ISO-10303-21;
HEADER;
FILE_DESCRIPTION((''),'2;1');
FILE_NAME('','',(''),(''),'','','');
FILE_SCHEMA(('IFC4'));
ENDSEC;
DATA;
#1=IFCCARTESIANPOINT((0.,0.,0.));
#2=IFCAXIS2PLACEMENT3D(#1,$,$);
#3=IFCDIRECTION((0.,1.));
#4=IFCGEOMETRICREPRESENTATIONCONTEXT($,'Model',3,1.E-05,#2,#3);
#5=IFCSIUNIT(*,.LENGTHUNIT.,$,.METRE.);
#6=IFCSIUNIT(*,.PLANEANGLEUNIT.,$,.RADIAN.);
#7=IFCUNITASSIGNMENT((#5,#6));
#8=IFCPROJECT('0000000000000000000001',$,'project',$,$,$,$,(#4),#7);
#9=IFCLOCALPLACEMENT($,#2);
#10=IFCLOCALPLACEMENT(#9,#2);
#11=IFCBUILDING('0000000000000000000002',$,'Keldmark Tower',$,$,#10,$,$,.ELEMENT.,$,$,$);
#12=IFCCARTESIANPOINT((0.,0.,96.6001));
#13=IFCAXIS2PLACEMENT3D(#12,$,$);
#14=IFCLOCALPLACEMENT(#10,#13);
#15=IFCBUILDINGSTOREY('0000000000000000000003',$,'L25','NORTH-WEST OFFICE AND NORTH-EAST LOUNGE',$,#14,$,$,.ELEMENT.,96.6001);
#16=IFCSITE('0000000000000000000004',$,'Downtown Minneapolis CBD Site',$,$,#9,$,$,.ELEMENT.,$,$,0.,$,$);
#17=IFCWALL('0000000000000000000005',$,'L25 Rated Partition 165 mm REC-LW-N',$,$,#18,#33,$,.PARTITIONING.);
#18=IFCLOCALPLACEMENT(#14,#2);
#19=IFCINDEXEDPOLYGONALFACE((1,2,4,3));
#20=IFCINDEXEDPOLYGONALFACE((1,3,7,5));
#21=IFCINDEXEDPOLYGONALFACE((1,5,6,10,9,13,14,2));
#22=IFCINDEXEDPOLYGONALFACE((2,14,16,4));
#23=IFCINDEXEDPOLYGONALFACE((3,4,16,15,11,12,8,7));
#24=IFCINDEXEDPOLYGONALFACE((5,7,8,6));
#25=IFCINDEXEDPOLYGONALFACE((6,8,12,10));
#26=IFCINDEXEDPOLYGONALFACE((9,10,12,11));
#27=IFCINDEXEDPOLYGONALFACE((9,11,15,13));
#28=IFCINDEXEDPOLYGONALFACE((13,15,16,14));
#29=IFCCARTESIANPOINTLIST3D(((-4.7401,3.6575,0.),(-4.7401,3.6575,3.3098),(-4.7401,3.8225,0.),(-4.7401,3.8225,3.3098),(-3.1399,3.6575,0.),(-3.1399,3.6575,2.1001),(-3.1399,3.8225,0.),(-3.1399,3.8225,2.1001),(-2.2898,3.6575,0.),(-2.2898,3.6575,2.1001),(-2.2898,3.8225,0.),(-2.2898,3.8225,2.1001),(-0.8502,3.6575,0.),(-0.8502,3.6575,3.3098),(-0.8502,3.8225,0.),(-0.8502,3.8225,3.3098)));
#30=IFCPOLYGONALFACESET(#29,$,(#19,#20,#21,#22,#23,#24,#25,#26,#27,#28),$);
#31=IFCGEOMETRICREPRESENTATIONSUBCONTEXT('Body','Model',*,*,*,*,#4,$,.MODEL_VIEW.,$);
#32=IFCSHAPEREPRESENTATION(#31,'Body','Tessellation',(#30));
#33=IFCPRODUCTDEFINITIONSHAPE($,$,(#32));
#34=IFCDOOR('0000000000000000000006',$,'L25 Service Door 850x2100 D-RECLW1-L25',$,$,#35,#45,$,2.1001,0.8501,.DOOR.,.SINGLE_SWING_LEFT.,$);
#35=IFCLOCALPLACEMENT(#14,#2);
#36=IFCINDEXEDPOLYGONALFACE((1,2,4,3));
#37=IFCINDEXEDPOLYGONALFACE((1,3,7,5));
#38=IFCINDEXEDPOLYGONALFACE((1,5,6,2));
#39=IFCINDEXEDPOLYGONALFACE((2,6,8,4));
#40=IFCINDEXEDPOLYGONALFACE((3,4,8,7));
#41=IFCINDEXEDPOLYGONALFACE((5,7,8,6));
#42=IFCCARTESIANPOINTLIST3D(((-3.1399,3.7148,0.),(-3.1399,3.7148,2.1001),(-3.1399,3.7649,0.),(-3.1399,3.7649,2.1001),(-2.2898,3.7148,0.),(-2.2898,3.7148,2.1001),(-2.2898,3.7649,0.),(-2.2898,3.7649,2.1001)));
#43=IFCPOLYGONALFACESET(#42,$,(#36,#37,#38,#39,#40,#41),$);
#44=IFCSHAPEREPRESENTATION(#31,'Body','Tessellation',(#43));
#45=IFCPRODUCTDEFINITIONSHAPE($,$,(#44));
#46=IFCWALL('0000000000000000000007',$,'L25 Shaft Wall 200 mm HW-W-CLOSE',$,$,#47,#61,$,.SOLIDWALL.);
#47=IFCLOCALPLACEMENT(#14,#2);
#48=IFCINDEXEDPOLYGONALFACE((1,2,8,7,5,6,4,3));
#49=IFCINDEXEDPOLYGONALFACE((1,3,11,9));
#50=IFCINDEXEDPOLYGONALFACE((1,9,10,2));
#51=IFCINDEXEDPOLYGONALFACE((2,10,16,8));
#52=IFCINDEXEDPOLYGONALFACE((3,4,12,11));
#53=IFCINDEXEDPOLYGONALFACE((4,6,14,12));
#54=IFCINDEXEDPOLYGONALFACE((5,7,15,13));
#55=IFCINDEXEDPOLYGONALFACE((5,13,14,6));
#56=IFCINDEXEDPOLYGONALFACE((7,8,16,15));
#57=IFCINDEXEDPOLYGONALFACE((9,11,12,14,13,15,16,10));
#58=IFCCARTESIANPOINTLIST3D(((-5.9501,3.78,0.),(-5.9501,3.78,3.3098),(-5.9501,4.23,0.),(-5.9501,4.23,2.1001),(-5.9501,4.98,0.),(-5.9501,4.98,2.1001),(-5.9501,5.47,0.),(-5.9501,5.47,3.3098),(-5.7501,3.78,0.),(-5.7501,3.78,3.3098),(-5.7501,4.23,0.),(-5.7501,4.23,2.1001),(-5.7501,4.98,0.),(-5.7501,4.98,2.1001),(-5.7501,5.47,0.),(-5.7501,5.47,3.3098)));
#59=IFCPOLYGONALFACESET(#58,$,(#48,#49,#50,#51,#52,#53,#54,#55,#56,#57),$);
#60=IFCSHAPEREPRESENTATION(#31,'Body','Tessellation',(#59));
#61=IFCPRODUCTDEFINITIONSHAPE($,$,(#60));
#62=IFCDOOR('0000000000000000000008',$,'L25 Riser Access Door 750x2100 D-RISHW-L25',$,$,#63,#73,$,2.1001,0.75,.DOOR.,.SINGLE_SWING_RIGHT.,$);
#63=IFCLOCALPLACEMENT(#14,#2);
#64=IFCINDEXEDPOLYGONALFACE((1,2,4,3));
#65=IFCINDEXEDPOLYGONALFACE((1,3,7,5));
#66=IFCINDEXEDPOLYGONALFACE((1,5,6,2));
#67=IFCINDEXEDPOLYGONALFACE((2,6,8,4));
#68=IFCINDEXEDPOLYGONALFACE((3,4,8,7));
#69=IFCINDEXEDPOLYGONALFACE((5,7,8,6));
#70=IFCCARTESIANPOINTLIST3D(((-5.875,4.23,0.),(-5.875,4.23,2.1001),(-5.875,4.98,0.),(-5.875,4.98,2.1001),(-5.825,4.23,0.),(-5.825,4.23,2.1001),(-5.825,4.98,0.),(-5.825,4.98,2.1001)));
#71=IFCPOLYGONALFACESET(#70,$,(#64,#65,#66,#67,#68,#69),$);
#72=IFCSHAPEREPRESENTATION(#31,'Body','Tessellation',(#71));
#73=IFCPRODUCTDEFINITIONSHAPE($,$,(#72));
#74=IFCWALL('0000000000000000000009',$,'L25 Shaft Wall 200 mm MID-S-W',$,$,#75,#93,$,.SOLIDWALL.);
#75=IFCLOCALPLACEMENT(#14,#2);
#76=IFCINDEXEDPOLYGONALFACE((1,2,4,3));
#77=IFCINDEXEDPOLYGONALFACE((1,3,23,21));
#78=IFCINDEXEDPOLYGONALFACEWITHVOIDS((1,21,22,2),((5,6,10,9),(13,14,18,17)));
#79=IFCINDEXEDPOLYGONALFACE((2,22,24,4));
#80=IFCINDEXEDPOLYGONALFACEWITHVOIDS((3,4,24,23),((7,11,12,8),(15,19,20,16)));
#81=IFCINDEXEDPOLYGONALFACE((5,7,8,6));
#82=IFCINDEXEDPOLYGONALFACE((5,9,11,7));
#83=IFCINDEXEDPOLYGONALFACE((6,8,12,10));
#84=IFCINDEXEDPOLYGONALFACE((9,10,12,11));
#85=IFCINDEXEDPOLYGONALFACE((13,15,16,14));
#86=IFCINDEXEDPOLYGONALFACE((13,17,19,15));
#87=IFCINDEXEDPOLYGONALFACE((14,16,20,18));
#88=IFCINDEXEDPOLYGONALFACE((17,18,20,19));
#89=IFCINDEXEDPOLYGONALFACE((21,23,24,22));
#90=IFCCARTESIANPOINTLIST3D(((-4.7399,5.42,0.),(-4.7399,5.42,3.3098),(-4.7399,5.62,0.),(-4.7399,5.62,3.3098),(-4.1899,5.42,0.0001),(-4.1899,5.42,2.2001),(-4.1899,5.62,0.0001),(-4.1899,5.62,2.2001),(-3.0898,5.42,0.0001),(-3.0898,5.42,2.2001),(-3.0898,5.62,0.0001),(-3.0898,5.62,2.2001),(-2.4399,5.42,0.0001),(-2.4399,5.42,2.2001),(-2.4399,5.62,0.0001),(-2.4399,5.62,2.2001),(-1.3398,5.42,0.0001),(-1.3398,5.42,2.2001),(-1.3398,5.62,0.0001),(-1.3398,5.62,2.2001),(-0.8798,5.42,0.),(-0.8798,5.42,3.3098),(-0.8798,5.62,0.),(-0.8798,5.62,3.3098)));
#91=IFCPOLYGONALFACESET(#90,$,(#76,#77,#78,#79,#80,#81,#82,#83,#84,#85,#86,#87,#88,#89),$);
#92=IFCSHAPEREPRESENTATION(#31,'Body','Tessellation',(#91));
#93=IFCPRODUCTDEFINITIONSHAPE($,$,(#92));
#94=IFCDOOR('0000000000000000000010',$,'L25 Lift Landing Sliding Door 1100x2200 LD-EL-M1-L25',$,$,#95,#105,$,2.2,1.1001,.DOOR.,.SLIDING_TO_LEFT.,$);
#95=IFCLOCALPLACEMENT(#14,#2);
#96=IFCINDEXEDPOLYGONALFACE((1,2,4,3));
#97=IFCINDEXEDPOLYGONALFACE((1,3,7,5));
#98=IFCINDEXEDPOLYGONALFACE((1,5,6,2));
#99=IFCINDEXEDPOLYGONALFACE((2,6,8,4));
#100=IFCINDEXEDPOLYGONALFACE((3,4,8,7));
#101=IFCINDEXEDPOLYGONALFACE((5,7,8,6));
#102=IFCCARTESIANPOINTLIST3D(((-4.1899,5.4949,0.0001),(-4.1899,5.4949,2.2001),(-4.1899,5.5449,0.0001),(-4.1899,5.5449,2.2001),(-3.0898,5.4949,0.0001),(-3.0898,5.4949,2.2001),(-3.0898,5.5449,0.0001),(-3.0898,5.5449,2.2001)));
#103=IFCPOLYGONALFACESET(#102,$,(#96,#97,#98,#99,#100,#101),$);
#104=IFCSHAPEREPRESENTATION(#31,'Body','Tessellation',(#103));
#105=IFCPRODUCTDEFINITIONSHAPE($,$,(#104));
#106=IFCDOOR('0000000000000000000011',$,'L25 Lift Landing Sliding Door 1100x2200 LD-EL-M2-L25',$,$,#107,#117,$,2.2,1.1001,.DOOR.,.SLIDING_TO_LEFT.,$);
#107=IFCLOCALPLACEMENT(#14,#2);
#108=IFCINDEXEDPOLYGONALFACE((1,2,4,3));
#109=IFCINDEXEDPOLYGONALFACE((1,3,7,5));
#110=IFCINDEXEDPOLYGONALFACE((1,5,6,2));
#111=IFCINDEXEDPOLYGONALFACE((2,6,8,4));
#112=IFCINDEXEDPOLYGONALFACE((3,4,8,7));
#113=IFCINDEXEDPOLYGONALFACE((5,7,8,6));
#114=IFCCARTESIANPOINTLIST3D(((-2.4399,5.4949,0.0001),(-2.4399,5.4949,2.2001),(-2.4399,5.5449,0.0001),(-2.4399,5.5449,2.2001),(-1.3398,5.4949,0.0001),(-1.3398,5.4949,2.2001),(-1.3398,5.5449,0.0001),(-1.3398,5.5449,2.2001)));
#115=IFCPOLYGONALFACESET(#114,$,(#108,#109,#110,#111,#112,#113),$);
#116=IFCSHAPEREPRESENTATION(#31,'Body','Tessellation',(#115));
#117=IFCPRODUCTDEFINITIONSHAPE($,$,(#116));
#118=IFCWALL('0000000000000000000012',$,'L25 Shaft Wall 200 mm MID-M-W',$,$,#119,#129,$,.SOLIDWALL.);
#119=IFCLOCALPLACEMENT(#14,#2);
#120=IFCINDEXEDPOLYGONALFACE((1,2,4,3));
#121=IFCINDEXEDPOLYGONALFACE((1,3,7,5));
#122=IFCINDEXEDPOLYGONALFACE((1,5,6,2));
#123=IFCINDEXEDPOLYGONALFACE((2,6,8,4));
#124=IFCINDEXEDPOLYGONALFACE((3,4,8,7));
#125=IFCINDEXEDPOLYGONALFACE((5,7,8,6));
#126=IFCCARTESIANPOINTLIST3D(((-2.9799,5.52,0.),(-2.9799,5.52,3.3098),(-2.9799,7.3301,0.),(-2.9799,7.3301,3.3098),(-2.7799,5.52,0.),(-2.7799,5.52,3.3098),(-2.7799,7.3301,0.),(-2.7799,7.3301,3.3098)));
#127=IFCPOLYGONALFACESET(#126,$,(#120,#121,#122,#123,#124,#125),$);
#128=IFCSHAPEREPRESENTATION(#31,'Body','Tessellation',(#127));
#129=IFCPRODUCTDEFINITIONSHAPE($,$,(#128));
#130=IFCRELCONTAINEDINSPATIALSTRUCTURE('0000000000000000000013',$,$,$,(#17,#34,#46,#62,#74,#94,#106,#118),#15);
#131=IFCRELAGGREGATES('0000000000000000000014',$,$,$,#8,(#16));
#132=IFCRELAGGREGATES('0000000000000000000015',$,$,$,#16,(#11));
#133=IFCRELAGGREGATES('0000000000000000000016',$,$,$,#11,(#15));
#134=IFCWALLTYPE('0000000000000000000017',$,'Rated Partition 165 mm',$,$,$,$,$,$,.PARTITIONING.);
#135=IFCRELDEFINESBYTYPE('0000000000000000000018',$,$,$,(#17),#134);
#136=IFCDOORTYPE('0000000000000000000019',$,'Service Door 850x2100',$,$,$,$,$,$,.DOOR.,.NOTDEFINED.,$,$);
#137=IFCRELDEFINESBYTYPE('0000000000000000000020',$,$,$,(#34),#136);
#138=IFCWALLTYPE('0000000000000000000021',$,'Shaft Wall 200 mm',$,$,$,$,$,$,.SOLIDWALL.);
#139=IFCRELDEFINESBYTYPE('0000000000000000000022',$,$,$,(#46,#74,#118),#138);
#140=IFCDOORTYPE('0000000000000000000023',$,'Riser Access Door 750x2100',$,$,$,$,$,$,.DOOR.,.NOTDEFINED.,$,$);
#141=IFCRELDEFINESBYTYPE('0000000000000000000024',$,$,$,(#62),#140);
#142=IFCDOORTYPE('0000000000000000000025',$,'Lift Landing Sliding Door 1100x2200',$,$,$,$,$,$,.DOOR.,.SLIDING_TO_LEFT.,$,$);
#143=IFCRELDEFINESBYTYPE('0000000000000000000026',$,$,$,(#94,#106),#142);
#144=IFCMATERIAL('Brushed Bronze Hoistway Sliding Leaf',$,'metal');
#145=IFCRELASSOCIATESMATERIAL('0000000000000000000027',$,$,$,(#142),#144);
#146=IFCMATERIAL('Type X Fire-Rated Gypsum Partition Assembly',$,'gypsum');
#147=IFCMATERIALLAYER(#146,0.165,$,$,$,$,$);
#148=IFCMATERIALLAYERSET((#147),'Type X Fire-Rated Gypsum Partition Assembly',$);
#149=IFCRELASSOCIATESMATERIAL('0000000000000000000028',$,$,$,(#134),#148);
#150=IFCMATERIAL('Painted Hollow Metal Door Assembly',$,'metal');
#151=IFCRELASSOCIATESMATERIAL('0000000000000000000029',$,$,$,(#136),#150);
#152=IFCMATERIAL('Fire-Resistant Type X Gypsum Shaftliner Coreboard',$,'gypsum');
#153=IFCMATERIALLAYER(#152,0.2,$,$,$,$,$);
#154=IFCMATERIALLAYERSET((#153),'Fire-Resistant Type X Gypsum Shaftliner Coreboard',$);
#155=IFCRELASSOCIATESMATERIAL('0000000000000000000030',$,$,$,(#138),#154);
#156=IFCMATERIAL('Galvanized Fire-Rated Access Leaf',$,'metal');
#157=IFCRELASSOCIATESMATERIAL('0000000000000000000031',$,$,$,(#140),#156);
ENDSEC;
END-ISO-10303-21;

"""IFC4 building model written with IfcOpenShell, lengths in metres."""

from ifc_helpers import new_model, si_unit, direction, frame, frame_2d, origin, place, context, subcontext, project, spatial, rectangle, extrude, material, layer, layer_set, type_object, element, fill, save


model = new_model("IFC4")

# Units and contexts
model_context = context("Model", 3, precision=1e-05, world=origin(), true_north=direction((0.0, 1.0)))
body_context = subcontext(model_context, "Body", "Model", "MODEL_VIEW")
ifc_project = project(units=[si_unit("LENGTHUNIT", "METRE"), si_unit("PLANEANGLEUNIT", "RADIAN")], contexts=[model_context])

# Site, building, storey
site_placement = place(None, origin())
site = spatial("IfcSite", under=ifc_project, at=site_placement, Name="Downtown Minneapolis CBD Site", CompositionType="ELEMENT", RefElevation=0.0)
building_placement = place(site_placement, origin())
building = spatial("IfcBuilding", under=site, at=building_placement, Name="Keldmark Tower", CompositionType="ELEMENT")
storey_placement = place(building_placement, frame((0.0, 0.0, 96.6001)))
storey = spatial("IfcBuildingStorey", under=building, at=storey_placement, Name="L25", Description="NORTH-WEST OFFICE AND NORTH-EAST LOUNGE", CompositionType="ELEMENT", Elevation=96.6001)

# Shared definitions
ifc_material_1 = material(Name="Brushed Bronze Hoistway Sliding Leaf", Category="metal")
door_type_1 = type_object("IfcDoorType", Name="Lift Landing Sliding Door 1100x2200", OperationType="SLIDING_TO_LEFT", PredefinedType="DOOR", material=ifc_material_1)

# Shared definitions
ifc_material_2 = material(Name="Type X Fire-Rated Gypsum Partition Assembly", Category="gypsum")
ifc_layer_1 = layer(ifc_material_2, 0.165)
ifc_layer_set_1 = layer_set([ifc_layer_1], Name="Type X Fire-Rated Gypsum Partition Assembly")
wall_type_1 = type_object("IfcWallType", Name="Rated Partition 165 mm", PredefinedType="PARTITIONING", material=ifc_layer_set_1)

# Walls, openings, doors
wall_1_placement = place(storey_placement, frame((-4.74, 3.74, 0.0), z_axis=(0.0, 0.0, 1.0), x_axis=(1.0, 0.0, 0.0)))
wall_1 = element("IfcWall", 1, at=wall_1_placement, inside=storey, type_object=wall_type_1, Name="L25 Rated Partition 165 mm REC-LW-N", PredefinedType="PARTITIONING", context=body_context, shape_type="SweptSolid", body=[
    extrude(rectangle(XDim=3.8899, YDim=0.165, at=frame_2d((1.9448, 0.0))), origin(), (0.0, 0.0, 1.0), 3.3098),
])
opening_1_placement = place(wall_1_placement, frame((1.6001, 0.0, 0.0)))
opening_1 = element("IfcOpeningElement", 2, at=opening_1_placement, cuts=wall_1, PredefinedType="OPENING", context=body_context, shape_type="SweptSolid", body=[
    extrude(rectangle(XDim=0.8501, YDim=2.1001, at=frame_2d((0.425, 1.05))), frame((0.0, 0.0925, 0.0), z_axis=(0.0, -1.0, 0.0), x_axis=(1.0, 0.0, 0.0)), (0.0, 0.0, 1.0), 0.1851),
])
ifc_material_3 = material(Name="Painted Hollow Metal Door Assembly", Category="metal")
door_type_2 = type_object("IfcDoorType", Name="Service Door 850x2100", OperationType="NOTDEFINED", PredefinedType="DOOR", material=ifc_material_3)
door_1_placement = place(opening_1_placement, origin())
door_1 = element("IfcDoor", 3, at=door_1_placement, inside=storey, type_object=door_type_2, Name="L25 Service Door 850x2100 D-RECLW1-L25", OperationType="SINGLE_SWING_LEFT", OverallHeight=2.1001, OverallWidth=0.8501, PredefinedType="DOOR", context=body_context, shape_type="SweptSolid", body=[
    extrude(rectangle(XDim=0.8501, YDim=2.1001, at=frame_2d((0.425, 1.05))), frame((0.0, 0.0249, 0.0), z_axis=(0.0, -1.0, 0.0), x_axis=(1.0, 0.0, 0.0)), (0.0, 0.0, 1.0), 0.05),
])
fill(opening_1, door_1)
ifc_material_4 = material(Name="Fire-Resistant Type X Gypsum Shaftliner Coreboard", Category="gypsum")
ifc_layer_2 = layer(ifc_material_4, 0.2)
ifc_layer_set_2 = layer_set([ifc_layer_2], Name="Fire-Resistant Type X Gypsum Shaftliner Coreboard")
wall_type_2 = type_object("IfcWallType", Name="Shaft Wall 200 mm", PredefinedType="SOLIDWALL", material=ifc_layer_set_2)
wall_2_placement = place(storey_placement, frame((-5.8501, 3.78, 0.0), z_axis=(0.0, 0.0, 1.0), x_axis=(0.0, 1.0, 0.0)))
wall_2 = element("IfcWall", 4, at=wall_2_placement, inside=storey, type_object=wall_type_2, Name="L25 Shaft Wall 200 mm HW-W-CLOSE", PredefinedType="SOLIDWALL", context=body_context, shape_type="SweptSolid", body=[
    extrude(rectangle(XDim=1.6899, YDim=0.2, at=frame_2d((0.845, 0.0))), origin(), (0.0, 0.0, 1.0), 3.3098),
])
opening_2_placement = place(wall_2_placement, frame((0.45, 0.0, 0.0)))
opening_2 = element("IfcOpeningElement", 5, at=opening_2_placement, cuts=wall_2, PredefinedType="OPENING", context=body_context, shape_type="SweptSolid", body=[
    extrude(rectangle(XDim=0.75, YDim=2.1001, at=frame_2d((0.375, 1.05))), frame((0.0, 0.1099, 0.0), z_axis=(0.0, -1.0, 0.0), x_axis=(1.0, 0.0, 0.0)), (0.0, 0.0, 1.0), 0.22),
])
ifc_material_5 = material(Name="Galvanized Fire-Rated Access Leaf", Category="metal")
door_type_3 = type_object("IfcDoorType", Name="Riser Access Door 750x2100", OperationType="NOTDEFINED", PredefinedType="DOOR", material=ifc_material_5)
door_2_placement = place(opening_2_placement, origin())
door_2 = element("IfcDoor", 6, at=door_2_placement, inside=storey, type_object=door_type_3, Name="L25 Riser Access Door 750x2100 D-RISHW-L25", OperationType="SINGLE_SWING_RIGHT", OverallHeight=2.1001, OverallWidth=0.75, PredefinedType="DOOR", context=body_context, shape_type="SweptSolid", body=[
    extrude(rectangle(XDim=0.75, YDim=2.1001, at=frame_2d((0.375, 1.05))), frame((0.0, 0.0249, 0.0), z_axis=(0.0, -1.0, 0.0), x_axis=(1.0, 0.0, 0.0)), (0.0, 0.0, 1.0), 0.05),
])
fill(opening_2, door_2)

# Wall, openings, doors
wall_3_placement = place(storey_placement, frame((-4.74, 5.52, 0.0), z_axis=(0.0, 0.0, 1.0), x_axis=(1.0, 0.0, 0.0)))
wall_3 = element("IfcWall", 7, at=wall_3_placement, inside=storey, type_object=wall_type_2, Name="L25 Shaft Wall 200 mm MID-S-W", PredefinedType="SOLIDWALL", context=body_context, shape_type="SweptSolid", body=[
    extrude(rectangle(XDim=3.8601, YDim=0.2, at=frame_2d((1.9302, 0.0))), origin(), (0.0, 0.0, 1.0), 3.3098),
])
opening_3_placement = place(wall_3_placement, frame((0.55, 0.0, 0.0)))
opening_3 = element("IfcOpeningElement", 8, at=opening_3_placement, cuts=wall_3, PredefinedType="OPENING", context=body_context, shape_type="SweptSolid", body=[
    extrude(rectangle(XDim=1.1001, YDim=2.2, at=frame_2d((0.55, 1.1001))), frame((0.0, 0.1099, 0.0), z_axis=(0.0, -1.0, 0.0), x_axis=(1.0, 0.0, 0.0)), (0.0, 0.0, 1.0), 0.22),
])
opening_4_placement = place(wall_3_placement, frame((2.3, 0.0, 0.0)))
opening_4 = element("IfcOpeningElement", 9, at=opening_4_placement, cuts=wall_3, PredefinedType="OPENING", context=body_context, shape_type="SweptSolid", body=[
    extrude(rectangle(XDim=1.1001, YDim=2.2, at=frame_2d((0.55, 1.1001))), frame((0.0, 0.1099, 0.0), z_axis=(0.0, -1.0, 0.0), x_axis=(1.0, 0.0, 0.0)), (0.0, 0.0, 1.0), 0.22),
])
door_3_placement = place(opening_3_placement, origin())
door_3 = element("IfcDoor", 10, at=door_3_placement, inside=storey, type_object=door_type_1, Name="L25 Lift Landing Sliding Door 1100x2200 LD-EL-M1-L25", OperationType="SLIDING_TO_LEFT", OverallHeight=2.2, OverallWidth=1.1001, PredefinedType="DOOR", context=body_context, shape_type="SweptSolid", body=[
    extrude(rectangle(XDim=1.1001, YDim=2.2, at=frame_2d((0.55, 1.1001))), frame((0.0, 0.0249, 0.0), z_axis=(0.0, -1.0, 0.0), x_axis=(1.0, 0.0, 0.0)), (0.0, 0.0, 1.0), 0.05),
])
fill(opening_3, door_3)
door_4_placement = place(opening_4_placement, origin())
door_4 = element("IfcDoor", 11, at=door_4_placement, inside=storey, type_object=door_type_1, Name="L25 Lift Landing Sliding Door 1100x2200 LD-EL-M2-L25", OperationType="SLIDING_TO_LEFT", OverallHeight=2.2, OverallWidth=1.1001, PredefinedType="DOOR", context=body_context, shape_type="SweptSolid", body=[
    extrude(rectangle(XDim=1.1001, YDim=2.2, at=frame_2d((0.55, 1.1001))), frame((0.0, 0.0249, 0.0), z_axis=(0.0, -1.0, 0.0), x_axis=(1.0, 0.0, 0.0)), (0.0, 0.0, 1.0), 0.05),
])
fill(opening_4, door_4)

# Wall
wall_4_placement = place(storey_placement, frame((-2.8799, 5.52, 0.0), z_axis=(0.0, 0.0, 1.0), x_axis=(0.0, 1.0, 0.0)))
element("IfcWall", 12, at=wall_4_placement, inside=storey, type_object=wall_type_2, Name="L25 Shaft Wall 200 mm MID-M-W", PredefinedType="SOLIDWALL", context=body_context, shape_type="SweptSolid", body=[
    extrude(rectangle(XDim=1.8101, YDim=0.2, at=frame_2d((0.905, 0.0))), origin(), (0.0, 0.0, 1.0), 3.3098),
])

save(model, "model.ifc")
